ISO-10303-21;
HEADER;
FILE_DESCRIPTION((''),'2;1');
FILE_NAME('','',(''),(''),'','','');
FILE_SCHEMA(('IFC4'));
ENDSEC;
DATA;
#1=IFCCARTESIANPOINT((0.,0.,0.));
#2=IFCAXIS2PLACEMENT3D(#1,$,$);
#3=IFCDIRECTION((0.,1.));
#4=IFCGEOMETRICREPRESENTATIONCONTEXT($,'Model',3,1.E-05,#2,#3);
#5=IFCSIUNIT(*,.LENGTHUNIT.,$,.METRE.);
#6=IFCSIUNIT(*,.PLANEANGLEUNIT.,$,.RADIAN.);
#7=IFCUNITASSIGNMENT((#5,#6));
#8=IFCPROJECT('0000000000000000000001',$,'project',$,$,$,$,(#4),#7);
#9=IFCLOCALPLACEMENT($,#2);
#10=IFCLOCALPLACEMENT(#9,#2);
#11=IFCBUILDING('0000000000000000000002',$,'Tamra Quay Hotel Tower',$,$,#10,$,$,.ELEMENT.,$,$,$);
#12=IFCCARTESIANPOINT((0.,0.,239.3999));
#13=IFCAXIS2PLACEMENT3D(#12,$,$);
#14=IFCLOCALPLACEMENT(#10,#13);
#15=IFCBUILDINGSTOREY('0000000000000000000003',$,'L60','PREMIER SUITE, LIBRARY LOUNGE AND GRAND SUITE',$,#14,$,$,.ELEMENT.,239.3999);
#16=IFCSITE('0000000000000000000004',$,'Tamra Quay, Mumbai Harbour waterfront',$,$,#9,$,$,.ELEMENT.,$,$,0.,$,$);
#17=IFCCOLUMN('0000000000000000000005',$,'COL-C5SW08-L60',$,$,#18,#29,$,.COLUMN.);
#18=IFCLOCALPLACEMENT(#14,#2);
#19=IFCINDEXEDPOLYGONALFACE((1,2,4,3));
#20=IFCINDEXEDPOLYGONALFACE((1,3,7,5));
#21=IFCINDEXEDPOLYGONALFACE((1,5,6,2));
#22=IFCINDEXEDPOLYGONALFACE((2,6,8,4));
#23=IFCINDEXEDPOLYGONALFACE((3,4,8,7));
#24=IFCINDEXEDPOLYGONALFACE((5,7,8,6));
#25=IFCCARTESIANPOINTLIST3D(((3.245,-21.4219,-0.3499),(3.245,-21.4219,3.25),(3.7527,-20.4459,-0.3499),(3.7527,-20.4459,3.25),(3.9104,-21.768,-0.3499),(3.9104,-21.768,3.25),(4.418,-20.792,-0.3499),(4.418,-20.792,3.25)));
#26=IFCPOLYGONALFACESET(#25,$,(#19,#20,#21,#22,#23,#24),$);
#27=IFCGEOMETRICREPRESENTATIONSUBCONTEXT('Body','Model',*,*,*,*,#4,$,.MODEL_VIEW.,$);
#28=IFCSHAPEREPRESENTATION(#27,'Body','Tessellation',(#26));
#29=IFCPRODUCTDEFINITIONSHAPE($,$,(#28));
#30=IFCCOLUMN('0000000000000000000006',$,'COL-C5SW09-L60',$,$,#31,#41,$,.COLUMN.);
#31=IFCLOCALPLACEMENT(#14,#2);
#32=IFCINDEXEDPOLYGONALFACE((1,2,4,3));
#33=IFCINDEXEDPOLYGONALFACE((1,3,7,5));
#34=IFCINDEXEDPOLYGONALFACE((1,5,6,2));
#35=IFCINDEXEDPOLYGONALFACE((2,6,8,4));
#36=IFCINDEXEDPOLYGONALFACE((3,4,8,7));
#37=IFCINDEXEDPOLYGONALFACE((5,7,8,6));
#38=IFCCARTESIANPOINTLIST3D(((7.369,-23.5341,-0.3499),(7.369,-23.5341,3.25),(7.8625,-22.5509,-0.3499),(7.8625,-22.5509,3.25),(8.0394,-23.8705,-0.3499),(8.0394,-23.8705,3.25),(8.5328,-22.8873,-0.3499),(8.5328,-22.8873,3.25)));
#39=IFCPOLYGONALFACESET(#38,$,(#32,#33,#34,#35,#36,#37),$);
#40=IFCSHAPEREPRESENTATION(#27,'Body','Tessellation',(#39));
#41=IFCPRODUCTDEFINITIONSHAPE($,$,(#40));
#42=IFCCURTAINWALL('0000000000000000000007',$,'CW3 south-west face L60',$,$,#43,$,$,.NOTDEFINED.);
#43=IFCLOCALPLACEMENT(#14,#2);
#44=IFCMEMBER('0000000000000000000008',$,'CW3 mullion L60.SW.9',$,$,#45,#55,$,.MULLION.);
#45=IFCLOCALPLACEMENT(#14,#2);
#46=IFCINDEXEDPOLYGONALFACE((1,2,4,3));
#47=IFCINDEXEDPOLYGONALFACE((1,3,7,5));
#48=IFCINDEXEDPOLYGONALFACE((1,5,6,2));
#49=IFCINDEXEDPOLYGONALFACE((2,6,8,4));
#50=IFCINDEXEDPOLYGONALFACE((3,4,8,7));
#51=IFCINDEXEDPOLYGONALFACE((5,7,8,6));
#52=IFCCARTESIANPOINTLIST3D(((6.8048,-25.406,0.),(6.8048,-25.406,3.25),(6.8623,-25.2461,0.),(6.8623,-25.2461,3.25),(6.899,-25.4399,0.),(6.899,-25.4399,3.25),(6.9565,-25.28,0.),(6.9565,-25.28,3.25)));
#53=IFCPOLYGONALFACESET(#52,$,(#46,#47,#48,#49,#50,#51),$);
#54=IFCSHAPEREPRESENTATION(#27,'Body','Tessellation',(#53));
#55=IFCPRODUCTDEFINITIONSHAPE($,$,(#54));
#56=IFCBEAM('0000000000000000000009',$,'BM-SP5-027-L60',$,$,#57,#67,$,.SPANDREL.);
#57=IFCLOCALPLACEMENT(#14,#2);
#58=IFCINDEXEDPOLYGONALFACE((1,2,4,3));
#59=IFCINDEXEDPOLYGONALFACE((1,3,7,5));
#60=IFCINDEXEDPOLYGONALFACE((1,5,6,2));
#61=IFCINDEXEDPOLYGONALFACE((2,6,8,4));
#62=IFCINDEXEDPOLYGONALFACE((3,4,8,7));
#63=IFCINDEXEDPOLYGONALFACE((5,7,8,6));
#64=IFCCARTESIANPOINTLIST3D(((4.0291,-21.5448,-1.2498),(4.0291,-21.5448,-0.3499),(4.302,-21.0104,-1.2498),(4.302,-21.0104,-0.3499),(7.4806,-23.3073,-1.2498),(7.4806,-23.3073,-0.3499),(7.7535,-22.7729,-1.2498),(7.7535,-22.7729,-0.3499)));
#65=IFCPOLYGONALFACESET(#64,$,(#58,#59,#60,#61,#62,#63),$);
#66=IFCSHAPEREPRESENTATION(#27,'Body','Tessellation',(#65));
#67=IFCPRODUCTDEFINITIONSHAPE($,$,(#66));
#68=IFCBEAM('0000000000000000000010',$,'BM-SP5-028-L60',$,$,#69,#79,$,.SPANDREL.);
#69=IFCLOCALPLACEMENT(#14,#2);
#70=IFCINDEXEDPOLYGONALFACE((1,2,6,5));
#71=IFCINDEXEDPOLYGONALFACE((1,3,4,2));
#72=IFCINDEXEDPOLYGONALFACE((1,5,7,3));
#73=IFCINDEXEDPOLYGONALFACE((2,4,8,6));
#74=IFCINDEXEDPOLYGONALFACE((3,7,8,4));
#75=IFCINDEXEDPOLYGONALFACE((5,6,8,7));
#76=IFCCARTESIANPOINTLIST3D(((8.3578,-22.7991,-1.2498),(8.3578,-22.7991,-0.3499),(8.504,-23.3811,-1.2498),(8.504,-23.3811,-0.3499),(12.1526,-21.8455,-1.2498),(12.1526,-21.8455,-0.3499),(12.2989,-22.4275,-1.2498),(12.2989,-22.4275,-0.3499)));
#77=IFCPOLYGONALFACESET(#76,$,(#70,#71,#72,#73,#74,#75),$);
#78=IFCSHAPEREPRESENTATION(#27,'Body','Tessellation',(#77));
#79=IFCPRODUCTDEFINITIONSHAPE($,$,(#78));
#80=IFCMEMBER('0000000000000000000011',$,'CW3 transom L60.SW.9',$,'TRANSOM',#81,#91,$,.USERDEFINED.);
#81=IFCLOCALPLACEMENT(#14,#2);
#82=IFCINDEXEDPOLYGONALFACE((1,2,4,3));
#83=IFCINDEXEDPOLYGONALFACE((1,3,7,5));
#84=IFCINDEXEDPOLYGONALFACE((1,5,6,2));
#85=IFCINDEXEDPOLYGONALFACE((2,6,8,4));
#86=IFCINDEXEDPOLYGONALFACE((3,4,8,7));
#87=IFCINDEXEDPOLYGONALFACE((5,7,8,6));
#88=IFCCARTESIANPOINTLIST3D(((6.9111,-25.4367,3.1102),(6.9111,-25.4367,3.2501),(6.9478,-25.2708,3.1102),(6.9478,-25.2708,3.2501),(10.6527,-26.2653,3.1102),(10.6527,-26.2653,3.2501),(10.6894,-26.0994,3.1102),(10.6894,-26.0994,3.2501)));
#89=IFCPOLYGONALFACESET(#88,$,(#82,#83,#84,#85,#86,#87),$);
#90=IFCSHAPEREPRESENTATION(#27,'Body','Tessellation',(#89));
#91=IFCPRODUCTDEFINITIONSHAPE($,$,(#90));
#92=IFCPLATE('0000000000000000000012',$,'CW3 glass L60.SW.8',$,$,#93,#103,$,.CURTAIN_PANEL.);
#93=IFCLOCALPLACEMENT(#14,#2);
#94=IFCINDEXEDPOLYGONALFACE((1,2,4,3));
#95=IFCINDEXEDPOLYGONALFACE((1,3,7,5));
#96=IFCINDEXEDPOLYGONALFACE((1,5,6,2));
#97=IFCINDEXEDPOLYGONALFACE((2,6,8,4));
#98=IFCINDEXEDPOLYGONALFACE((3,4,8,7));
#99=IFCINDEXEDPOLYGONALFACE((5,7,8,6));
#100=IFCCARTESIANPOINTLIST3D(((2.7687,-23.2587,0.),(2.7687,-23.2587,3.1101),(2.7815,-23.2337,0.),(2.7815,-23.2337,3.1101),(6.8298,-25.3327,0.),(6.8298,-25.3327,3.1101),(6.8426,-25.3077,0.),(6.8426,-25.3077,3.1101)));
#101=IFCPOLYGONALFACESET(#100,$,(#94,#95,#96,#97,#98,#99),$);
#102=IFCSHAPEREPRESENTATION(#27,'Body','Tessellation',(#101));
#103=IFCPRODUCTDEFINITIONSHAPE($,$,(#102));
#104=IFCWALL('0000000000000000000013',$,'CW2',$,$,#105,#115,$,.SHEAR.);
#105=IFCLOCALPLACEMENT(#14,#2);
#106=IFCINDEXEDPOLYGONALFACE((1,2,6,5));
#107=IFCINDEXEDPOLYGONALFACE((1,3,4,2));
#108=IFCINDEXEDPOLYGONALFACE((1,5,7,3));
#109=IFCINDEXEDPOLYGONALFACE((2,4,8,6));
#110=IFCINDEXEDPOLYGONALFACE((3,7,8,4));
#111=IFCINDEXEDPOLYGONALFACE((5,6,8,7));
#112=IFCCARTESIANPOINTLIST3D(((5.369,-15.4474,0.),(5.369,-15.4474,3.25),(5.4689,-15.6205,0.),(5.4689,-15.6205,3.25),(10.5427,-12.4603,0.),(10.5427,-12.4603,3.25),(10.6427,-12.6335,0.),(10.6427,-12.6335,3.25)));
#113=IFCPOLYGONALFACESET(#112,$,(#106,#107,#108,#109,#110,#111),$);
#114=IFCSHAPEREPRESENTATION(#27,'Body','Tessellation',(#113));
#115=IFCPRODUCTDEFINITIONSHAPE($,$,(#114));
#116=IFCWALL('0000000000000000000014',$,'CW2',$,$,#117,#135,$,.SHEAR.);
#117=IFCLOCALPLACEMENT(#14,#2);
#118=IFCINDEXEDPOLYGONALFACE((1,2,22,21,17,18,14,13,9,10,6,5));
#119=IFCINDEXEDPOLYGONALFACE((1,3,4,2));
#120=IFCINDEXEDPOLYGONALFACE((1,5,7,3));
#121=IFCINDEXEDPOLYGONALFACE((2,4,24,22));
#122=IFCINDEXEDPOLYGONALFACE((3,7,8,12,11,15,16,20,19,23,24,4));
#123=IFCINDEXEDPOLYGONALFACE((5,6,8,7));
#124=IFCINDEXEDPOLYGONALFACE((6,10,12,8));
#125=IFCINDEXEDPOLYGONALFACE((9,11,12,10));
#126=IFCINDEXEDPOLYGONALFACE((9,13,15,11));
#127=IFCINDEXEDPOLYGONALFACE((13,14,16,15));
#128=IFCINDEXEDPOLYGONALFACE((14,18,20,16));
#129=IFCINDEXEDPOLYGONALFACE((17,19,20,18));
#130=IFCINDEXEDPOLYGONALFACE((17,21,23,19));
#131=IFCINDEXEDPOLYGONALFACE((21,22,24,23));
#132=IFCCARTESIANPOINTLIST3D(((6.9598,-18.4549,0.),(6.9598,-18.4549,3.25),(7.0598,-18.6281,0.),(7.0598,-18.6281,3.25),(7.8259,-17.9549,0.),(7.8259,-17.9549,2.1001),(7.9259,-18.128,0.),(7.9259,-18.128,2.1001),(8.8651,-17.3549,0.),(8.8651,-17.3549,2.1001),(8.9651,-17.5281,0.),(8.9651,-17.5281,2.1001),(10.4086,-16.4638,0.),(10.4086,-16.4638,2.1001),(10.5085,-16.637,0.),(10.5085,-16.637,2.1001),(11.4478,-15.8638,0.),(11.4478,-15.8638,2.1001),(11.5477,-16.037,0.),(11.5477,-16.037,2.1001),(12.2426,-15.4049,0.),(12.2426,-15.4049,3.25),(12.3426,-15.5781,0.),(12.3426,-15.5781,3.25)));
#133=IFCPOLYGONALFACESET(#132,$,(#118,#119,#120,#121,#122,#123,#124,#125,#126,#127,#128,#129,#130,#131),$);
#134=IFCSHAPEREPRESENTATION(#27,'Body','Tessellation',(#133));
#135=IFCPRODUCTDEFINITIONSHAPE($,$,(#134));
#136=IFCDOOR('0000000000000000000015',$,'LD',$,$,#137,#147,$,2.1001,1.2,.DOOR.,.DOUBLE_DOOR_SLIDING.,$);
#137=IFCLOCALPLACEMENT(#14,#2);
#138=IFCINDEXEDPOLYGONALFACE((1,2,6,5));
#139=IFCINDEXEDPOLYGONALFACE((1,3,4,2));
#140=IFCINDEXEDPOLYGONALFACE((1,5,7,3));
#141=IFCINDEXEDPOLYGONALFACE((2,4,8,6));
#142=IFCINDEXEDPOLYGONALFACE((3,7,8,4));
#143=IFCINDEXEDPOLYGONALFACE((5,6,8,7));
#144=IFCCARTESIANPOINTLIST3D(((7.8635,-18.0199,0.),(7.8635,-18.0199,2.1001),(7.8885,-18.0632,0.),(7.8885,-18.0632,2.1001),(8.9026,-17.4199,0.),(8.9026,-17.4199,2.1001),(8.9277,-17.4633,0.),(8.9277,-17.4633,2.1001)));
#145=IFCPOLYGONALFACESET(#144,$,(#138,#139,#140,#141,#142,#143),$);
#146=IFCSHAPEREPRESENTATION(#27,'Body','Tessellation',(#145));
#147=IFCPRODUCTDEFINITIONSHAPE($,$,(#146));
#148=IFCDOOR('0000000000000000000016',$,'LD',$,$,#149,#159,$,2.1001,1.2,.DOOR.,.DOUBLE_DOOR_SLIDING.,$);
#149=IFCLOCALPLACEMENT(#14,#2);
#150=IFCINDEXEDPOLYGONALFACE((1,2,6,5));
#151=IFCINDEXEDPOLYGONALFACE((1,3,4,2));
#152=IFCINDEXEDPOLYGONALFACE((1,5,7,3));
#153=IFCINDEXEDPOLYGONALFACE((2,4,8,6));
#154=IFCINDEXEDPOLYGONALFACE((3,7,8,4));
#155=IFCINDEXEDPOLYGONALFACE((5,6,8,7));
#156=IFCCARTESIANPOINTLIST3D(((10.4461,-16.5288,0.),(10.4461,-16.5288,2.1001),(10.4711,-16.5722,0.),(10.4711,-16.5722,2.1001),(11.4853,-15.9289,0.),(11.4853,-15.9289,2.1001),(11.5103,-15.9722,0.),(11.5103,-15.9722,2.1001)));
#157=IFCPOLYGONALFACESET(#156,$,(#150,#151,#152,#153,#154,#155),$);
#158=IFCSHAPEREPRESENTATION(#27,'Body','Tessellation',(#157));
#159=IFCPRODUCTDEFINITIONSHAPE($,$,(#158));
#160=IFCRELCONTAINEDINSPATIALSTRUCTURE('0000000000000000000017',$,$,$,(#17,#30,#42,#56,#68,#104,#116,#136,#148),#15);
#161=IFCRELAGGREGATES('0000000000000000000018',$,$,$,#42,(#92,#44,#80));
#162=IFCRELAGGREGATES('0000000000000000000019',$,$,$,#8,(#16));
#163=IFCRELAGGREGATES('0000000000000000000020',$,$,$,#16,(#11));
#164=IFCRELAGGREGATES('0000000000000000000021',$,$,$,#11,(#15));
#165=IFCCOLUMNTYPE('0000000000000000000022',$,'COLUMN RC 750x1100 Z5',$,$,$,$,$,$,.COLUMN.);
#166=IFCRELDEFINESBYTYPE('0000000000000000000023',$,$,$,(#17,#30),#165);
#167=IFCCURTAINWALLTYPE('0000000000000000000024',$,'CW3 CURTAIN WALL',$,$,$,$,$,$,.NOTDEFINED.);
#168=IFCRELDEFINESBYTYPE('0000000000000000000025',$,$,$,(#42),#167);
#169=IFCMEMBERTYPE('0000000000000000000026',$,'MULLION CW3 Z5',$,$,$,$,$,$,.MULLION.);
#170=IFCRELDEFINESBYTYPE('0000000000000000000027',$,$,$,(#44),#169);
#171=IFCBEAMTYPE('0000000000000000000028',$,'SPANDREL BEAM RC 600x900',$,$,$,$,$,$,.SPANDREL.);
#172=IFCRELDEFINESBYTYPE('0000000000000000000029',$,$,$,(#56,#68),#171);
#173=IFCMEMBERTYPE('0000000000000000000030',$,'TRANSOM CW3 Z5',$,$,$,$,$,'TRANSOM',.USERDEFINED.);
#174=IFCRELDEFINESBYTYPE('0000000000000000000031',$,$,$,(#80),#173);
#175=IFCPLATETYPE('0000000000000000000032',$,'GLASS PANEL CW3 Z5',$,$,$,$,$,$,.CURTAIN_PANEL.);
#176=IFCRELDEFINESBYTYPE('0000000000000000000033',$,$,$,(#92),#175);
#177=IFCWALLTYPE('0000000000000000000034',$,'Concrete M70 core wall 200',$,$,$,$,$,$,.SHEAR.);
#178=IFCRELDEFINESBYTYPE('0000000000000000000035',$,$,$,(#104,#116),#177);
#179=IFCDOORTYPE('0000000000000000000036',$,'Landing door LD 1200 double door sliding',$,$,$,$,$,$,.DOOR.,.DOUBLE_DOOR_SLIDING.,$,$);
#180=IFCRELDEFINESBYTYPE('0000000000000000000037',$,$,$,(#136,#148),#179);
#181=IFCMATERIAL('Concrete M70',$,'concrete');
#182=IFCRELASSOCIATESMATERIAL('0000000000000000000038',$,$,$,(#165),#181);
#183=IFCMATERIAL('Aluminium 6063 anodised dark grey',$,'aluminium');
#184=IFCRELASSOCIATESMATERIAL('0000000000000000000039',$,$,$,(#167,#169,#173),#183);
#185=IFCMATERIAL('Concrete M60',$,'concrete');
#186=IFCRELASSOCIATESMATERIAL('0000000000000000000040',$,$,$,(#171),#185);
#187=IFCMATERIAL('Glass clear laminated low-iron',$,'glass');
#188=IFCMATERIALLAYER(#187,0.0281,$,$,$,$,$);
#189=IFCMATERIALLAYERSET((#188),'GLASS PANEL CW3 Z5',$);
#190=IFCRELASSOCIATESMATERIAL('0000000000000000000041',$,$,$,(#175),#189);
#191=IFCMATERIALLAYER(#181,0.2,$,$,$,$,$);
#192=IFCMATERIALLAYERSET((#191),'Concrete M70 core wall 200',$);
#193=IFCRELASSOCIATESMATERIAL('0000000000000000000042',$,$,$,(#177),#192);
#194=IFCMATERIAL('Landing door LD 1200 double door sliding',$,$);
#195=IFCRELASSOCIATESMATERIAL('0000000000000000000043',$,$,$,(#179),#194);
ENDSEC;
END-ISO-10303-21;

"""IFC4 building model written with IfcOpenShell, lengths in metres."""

from ifc_helpers import new_model, si_unit, direction, frame, frame_2d, origin, origin_2d, place, context, subcontext, project, spatial, rectangle, extrude, material, layer, layer_set, material_profile, profile_set, type_object, element, fill, aggregate, save


model = new_model("IFC4")

# Units and contexts
model_context = context("Model", 3, precision=1e-05, world=origin(), true_north=direction((0.0, 1.0)))
body_context = subcontext(model_context, "Body", "Model", "MODEL_VIEW")
ifc_project = project(units=[si_unit("LENGTHUNIT", "METRE"), si_unit("PLANEANGLEUNIT", "RADIAN")], contexts=[model_context])

# Site, building, storey
site_placement = place(None, origin())
site = spatial("IfcSite", under=ifc_project, at=site_placement, Name="Tamra Quay, Mumbai Harbour waterfront", CompositionType="ELEMENT", RefElevation=0.0)
building_placement = place(site_placement, origin())
building = spatial("IfcBuilding", under=site, at=building_placement, Name="Tamra Quay Hotel Tower", CompositionType="ELEMENT")
storey_placement = place(building_placement, frame((0.0, 0.0, 239.3999)))
storey = spatial("IfcBuildingStorey", under=building, at=storey_placement, Name="L60", Description="PREMIER SUITE, LIBRARY LOUNGE AND GRAND SUITE", CompositionType="ELEMENT", Elevation=239.3999)

# Columns
ifc_material_1 = material(Name="Concrete M70", Category="concrete")
ifc_material_profile_1 = material_profile(ifc_material_1, rectangle(XDim=1.1001, YDim=0.75, at=origin_2d()), Name="COLUMN RC 750x1100 Z5")
ifc_profile_set_1 = profile_set([ifc_material_profile_1], Name="Concrete M70")
column_type = type_object("IfcColumnType", Name="COLUMN RC 750x1100 Z5", PredefinedType="COLUMN", material=ifc_profile_set_1)
for number, where, z_axis, x_axis, name in (
    (1, (3.8315, -21.1069, -0.3499), (0.0, 0.0, 1.0), (0.461448, 0.887167, 0.0), "COL-C5SW08-L60"),
    (2, (7.9509, -23.2107, -0.3499), (0.0, 0.0, 1.0), (0.448553, 0.893756, 0.0), "COL-C5SW09-L60"),
):
    element("IfcColumn", number, at=place(storey_placement, frame(where, z_axis=z_axis, x_axis=x_axis)), inside=storey, type_object=column_type, Name=name, PredefinedType="COLUMN", context=body_context, shape_type="SweptSolid", body=[
        extrude(rectangle(XDim=1.1001, YDim=0.75, at=origin_2d()), origin(), (0.0, 0.0, 1.0), 3.5999),
    ])

# Curtain wall, member
ifc_material_2 = material(Name="Aluminium 6063 anodised dark grey", Category="aluminium")
curtain_wall_type = type_object("IfcCurtainWallType", Name="CW3 CURTAIN WALL", PredefinedType="NOTDEFINED", material=ifc_material_2)
curtain_wall_placement = place(storey_placement, origin())
curtain_wall = element("IfcCurtainWall", 3, at=curtain_wall_placement, inside=storey, type_object=curtain_wall_type, Name="CW3 south-west face L60", PredefinedType="NOTDEFINED")
ifc_material_profile_2 = material_profile(ifc_material_2, rectangle(XDim=0.1699, YDim=0.1001, at=origin_2d()), Name="MULLION 100X170")
ifc_profile_set_2 = profile_set([ifc_material_profile_2], Name="Aluminium 6063 anodised dark grey")
member_type_1 = type_object("IfcMemberType", Name="MULLION CW3 Z5", PredefinedType="MULLION", material=ifc_profile_set_2)
member_1_placement = place(storey_placement, frame((6.8806, -25.343, 0.0), z_axis=(0.0, 0.0, 1.0), x_axis=(-0.338259, -0.941053, 0.0)))
member_1 = element("IfcMember", 4, at=member_1_placement, type_object=member_type_1, Name="CW3 mullion L60.SW.9", PredefinedType="MULLION", context=body_context, shape_type="SweptSolid", body=[
    extrude(rectangle(XDim=0.1699, YDim=0.1001, at=origin_2d()), origin(), (0.0, 0.0, 1.0), 3.25),
])

# Beams
ifc_material_3 = material(Name="Concrete M60", Category="concrete")
ifc_material_profile_3 = material_profile(ifc_material_3, rectangle(XDim=0.6001, YDim=0.8999, at=origin_2d()), Name="SPANDREL BEAM RC 600x900")
ifc_profile_set_3 = profile_set([ifc_material_profile_3], Name="Concrete M60")
beam_type = type_object("IfcBeamType", Name="SPANDREL BEAM RC 600x900", PredefinedType="SPANDREL", material=ifc_profile_set_3)
beam_1_placement = place(storey_placement, frame((4.1655, -21.2776, -0.7998), z_axis=(0.890603, -0.454782, 0.0), x_axis=(0.454782, 0.890603, 0.0)))
element("IfcBeam", 5, at=beam_1_placement, inside=storey, type_object=beam_type, Name="BM-SP5-027-L60", PredefinedType="SPANDREL", context=body_context, shape_type="SweptSolid", body=[
    extrude(rectangle(XDim=0.6001, YDim=0.8999, at=origin_2d()), origin(), (0.0, 0.0, 1.0), 3.8755),
])
beam_2_placement = place(storey_placement, frame((8.4309, -23.0901, -0.7998), z_axis=(0.969848, 0.24371, 0.0), x_axis=(-0.24371, 0.969848, 0.0)))
element("IfcBeam", 6, at=beam_2_placement, inside=storey, type_object=beam_type, Name="BM-SP5-028-L60", PredefinedType="SPANDREL", context=body_context, shape_type="SweptSolid", body=[
    extrude(rectangle(XDim=0.6001, YDim=0.8999, at=origin_2d()), origin(), (0.0, 0.0, 1.0), 3.9128),
])

# Member
ifc_material_profile_4 = material_profile(ifc_material_2, rectangle(XDim=0.1699, YDim=0.1399, at=origin_2d()), Name="TRANSOM 170X140")
ifc_profile_set_4 = profile_set([ifc_material_profile_4], Name="Aluminium 6063 anodised dark grey")
member_type_2 = type_object("IfcMemberType", Name="TRANSOM CW3 Z5", ElementType="TRANSOM", PredefinedType="USERDEFINED", material=ifc_profile_set_4)
member_2_placement = place(storey_placement, frame((6.9294, -25.3538, 3.1802), z_axis=(0.976346, -0.216215, 0.0), x_axis=(0.216215, 0.976346, 0.0)))
member_2 = element("IfcMember", 7, at=member_2_placement, type_object=member_type_2, Name="CW3 transom L60.SW.9", ObjectType="TRANSOM", PredefinedType="USERDEFINED", context=body_context, shape_type="SweptSolid", body=[
    extrude(rectangle(XDim=0.1699, YDim=0.1399, at=origin_2d()), origin(), (0.0, 0.0, 1.0), 3.8323),
])

# Plate
ifc_material_4 = material(Name="Glass clear laminated low-iron", Category="glass")
ifc_layer_1 = layer(ifc_material_4, 0.0281)
ifc_layer_set_1 = layer_set([ifc_layer_1], Name="GLASS PANEL CW3 Z5")
plate_type = type_object("IfcPlateType", Name="GLASS PANEL CW3 Z5", PredefinedType="CURTAIN_PANEL", material=ifc_layer_set_1)
plate_placement = place(storey_placement, frame((4.8057, -24.2832, 0.0), z_axis=(0.0, 0.0, 1.0), x_axis=(0.890582, -0.454823, 0.0)))
plate = element("IfcPlate", 8, at=plate_placement, type_object=plate_type, Name="CW3 glass L60.SW.8", PredefinedType="CURTAIN_PANEL", context=body_context, shape_type="SweptSolid", body=[
    extrude(rectangle(XDim=4.5601, YDim=0.0281, at=origin_2d()), origin(), (0.0, 0.0, 1.0), 3.1101),
])
aggregate(curtain_wall, [plate, member_1, member_2])

# Wall
ifc_layer_2 = layer(ifc_material_1, 0.2)
ifc_layer_set_2 = layer_set([ifc_layer_2], Name="Concrete M70 core wall 200")
wall_type_1 = type_object("IfcWallType", Name="Concrete M70 core wall 200", PredefinedType="SHEAR", material=ifc_layer_set_2)
wall_1_placement = place(storey_placement, frame((5.4189, -15.5339, 0.0), z_axis=(0.0, 0.0, 1.0), x_axis=(0.866029, 0.499994, 0.0)))
element("IfcWall", 9, at=wall_1_placement, inside=storey, type_object=wall_type_1, Name="CW2", PredefinedType="SHEAR", context=body_context, shape_type="SweptSolid", body=[
    extrude(rectangle(XDim=5.9741, YDim=0.2, at=frame_2d((2.9871, 0.0))), origin(), (0.0, 0.0, 1.0), 3.25),
])

# Wall, openings, doors
wall_2_placement = place(storey_placement, frame((7.0098, -18.5415, 0.0), z_axis=(0.0, 0.0, 1.0), x_axis=(0.86603, 0.499992, 0.0)))
wall_2 = element("IfcWall", 10, at=wall_2_placement, inside=storey, type_object=wall_type_1, Name="CW2", PredefinedType="SHEAR", context=body_context, shape_type="SweptSolid", body=[
    extrude(rectangle(XDim=6.1001, YDim=0.2, at=frame_2d((3.05, 0.0))), origin(), (0.0, 0.0, 1.0), 3.25),
])
opening_1_placement = place(wall_2_placement, frame((1.0, 0.0, 0.0)))
opening_1 = element("IfcOpeningElement", 11, at=opening_1_placement, cuts=wall_2, PredefinedType="OPENING", context=body_context, shape_type="SweptSolid", body=[
    extrude(rectangle(XDim=1.2, YDim=2.1001, at=frame_2d((0.6001, 1.05))), frame((0.0, 0.1099, 0.0), z_axis=(0.0, -1.0, 0.0), x_axis=(1.0, 0.0, 0.0)), (0.0, 0.0, 1.0), 0.22),
])
opening_2_placement = place(wall_2_placement, frame((3.9822, 0.0, 0.0)))
opening_2 = element("IfcOpeningElement", 12, at=opening_2_placement, cuts=wall_2, PredefinedType="OPENING", context=body_context, shape_type="SweptSolid", body=[
    extrude(rectangle(XDim=1.2, YDim=2.1001, at=frame_2d((0.6001, 1.05))), frame((0.0, 0.1099, 0.0), z_axis=(0.0, -1.0, 0.0), x_axis=(1.0, 0.0, 0.0)), (0.0, 0.0, 1.0), 0.22),
])
ifc_material_5 = material(Name="Landing door LD 1200 double door sliding")
door_type_1 = type_object("IfcDoorType", Name="Landing door LD 1200 double door sliding", OperationType="DOUBLE_DOOR_SLIDING", PredefinedType="DOOR", material=ifc_material_5)
door_1_placement = place(opening_1_placement, origin())
door_1 = element("IfcDoor", 13, at=door_1_placement, inside=storey, type_object=door_type_1, Name="LD", OperationType="DOUBLE_DOOR_SLIDING", OverallHeight=2.1001, OverallWidth=1.2, PredefinedType="DOOR", context=body_context, shape_type="SweptSolid", body=[
    extrude(rectangle(XDim=1.2, YDim=2.1001, at=frame_2d((0.6001, 1.05))), frame((0.0, 0.0249, 0.0), z_axis=(0.0, -1.0, 0.0), x_axis=(1.0, 0.0, 0.0)), (0.0, 0.0, 1.0), 0.05),
])
fill(opening_1, door_1)
door_2_placement = place(opening_2_placement, origin())
door_2 = element("IfcDoor", 14, at=door_2_placement, inside=storey, type_object=door_type_1, Name="LD", OperationType="DOUBLE_DOOR_SLIDING", OverallHeight=2.1001, OverallWidth=1.2, PredefinedType="DOOR", context=body_context, shape_type="SweptSolid", body=[
    extrude(rectangle(XDim=1.2, YDim=2.1001, at=frame_2d((0.6001, 1.05))), frame((0.0, 0.0249, 0.0), z_axis=(0.0, -1.0, 0.0), x_axis=(1.0, 0.0, 0.0)), (0.0, 0.0, 1.0), 0.05),
])
fill(opening_2, door_2)

save(model, "model.ifc")
